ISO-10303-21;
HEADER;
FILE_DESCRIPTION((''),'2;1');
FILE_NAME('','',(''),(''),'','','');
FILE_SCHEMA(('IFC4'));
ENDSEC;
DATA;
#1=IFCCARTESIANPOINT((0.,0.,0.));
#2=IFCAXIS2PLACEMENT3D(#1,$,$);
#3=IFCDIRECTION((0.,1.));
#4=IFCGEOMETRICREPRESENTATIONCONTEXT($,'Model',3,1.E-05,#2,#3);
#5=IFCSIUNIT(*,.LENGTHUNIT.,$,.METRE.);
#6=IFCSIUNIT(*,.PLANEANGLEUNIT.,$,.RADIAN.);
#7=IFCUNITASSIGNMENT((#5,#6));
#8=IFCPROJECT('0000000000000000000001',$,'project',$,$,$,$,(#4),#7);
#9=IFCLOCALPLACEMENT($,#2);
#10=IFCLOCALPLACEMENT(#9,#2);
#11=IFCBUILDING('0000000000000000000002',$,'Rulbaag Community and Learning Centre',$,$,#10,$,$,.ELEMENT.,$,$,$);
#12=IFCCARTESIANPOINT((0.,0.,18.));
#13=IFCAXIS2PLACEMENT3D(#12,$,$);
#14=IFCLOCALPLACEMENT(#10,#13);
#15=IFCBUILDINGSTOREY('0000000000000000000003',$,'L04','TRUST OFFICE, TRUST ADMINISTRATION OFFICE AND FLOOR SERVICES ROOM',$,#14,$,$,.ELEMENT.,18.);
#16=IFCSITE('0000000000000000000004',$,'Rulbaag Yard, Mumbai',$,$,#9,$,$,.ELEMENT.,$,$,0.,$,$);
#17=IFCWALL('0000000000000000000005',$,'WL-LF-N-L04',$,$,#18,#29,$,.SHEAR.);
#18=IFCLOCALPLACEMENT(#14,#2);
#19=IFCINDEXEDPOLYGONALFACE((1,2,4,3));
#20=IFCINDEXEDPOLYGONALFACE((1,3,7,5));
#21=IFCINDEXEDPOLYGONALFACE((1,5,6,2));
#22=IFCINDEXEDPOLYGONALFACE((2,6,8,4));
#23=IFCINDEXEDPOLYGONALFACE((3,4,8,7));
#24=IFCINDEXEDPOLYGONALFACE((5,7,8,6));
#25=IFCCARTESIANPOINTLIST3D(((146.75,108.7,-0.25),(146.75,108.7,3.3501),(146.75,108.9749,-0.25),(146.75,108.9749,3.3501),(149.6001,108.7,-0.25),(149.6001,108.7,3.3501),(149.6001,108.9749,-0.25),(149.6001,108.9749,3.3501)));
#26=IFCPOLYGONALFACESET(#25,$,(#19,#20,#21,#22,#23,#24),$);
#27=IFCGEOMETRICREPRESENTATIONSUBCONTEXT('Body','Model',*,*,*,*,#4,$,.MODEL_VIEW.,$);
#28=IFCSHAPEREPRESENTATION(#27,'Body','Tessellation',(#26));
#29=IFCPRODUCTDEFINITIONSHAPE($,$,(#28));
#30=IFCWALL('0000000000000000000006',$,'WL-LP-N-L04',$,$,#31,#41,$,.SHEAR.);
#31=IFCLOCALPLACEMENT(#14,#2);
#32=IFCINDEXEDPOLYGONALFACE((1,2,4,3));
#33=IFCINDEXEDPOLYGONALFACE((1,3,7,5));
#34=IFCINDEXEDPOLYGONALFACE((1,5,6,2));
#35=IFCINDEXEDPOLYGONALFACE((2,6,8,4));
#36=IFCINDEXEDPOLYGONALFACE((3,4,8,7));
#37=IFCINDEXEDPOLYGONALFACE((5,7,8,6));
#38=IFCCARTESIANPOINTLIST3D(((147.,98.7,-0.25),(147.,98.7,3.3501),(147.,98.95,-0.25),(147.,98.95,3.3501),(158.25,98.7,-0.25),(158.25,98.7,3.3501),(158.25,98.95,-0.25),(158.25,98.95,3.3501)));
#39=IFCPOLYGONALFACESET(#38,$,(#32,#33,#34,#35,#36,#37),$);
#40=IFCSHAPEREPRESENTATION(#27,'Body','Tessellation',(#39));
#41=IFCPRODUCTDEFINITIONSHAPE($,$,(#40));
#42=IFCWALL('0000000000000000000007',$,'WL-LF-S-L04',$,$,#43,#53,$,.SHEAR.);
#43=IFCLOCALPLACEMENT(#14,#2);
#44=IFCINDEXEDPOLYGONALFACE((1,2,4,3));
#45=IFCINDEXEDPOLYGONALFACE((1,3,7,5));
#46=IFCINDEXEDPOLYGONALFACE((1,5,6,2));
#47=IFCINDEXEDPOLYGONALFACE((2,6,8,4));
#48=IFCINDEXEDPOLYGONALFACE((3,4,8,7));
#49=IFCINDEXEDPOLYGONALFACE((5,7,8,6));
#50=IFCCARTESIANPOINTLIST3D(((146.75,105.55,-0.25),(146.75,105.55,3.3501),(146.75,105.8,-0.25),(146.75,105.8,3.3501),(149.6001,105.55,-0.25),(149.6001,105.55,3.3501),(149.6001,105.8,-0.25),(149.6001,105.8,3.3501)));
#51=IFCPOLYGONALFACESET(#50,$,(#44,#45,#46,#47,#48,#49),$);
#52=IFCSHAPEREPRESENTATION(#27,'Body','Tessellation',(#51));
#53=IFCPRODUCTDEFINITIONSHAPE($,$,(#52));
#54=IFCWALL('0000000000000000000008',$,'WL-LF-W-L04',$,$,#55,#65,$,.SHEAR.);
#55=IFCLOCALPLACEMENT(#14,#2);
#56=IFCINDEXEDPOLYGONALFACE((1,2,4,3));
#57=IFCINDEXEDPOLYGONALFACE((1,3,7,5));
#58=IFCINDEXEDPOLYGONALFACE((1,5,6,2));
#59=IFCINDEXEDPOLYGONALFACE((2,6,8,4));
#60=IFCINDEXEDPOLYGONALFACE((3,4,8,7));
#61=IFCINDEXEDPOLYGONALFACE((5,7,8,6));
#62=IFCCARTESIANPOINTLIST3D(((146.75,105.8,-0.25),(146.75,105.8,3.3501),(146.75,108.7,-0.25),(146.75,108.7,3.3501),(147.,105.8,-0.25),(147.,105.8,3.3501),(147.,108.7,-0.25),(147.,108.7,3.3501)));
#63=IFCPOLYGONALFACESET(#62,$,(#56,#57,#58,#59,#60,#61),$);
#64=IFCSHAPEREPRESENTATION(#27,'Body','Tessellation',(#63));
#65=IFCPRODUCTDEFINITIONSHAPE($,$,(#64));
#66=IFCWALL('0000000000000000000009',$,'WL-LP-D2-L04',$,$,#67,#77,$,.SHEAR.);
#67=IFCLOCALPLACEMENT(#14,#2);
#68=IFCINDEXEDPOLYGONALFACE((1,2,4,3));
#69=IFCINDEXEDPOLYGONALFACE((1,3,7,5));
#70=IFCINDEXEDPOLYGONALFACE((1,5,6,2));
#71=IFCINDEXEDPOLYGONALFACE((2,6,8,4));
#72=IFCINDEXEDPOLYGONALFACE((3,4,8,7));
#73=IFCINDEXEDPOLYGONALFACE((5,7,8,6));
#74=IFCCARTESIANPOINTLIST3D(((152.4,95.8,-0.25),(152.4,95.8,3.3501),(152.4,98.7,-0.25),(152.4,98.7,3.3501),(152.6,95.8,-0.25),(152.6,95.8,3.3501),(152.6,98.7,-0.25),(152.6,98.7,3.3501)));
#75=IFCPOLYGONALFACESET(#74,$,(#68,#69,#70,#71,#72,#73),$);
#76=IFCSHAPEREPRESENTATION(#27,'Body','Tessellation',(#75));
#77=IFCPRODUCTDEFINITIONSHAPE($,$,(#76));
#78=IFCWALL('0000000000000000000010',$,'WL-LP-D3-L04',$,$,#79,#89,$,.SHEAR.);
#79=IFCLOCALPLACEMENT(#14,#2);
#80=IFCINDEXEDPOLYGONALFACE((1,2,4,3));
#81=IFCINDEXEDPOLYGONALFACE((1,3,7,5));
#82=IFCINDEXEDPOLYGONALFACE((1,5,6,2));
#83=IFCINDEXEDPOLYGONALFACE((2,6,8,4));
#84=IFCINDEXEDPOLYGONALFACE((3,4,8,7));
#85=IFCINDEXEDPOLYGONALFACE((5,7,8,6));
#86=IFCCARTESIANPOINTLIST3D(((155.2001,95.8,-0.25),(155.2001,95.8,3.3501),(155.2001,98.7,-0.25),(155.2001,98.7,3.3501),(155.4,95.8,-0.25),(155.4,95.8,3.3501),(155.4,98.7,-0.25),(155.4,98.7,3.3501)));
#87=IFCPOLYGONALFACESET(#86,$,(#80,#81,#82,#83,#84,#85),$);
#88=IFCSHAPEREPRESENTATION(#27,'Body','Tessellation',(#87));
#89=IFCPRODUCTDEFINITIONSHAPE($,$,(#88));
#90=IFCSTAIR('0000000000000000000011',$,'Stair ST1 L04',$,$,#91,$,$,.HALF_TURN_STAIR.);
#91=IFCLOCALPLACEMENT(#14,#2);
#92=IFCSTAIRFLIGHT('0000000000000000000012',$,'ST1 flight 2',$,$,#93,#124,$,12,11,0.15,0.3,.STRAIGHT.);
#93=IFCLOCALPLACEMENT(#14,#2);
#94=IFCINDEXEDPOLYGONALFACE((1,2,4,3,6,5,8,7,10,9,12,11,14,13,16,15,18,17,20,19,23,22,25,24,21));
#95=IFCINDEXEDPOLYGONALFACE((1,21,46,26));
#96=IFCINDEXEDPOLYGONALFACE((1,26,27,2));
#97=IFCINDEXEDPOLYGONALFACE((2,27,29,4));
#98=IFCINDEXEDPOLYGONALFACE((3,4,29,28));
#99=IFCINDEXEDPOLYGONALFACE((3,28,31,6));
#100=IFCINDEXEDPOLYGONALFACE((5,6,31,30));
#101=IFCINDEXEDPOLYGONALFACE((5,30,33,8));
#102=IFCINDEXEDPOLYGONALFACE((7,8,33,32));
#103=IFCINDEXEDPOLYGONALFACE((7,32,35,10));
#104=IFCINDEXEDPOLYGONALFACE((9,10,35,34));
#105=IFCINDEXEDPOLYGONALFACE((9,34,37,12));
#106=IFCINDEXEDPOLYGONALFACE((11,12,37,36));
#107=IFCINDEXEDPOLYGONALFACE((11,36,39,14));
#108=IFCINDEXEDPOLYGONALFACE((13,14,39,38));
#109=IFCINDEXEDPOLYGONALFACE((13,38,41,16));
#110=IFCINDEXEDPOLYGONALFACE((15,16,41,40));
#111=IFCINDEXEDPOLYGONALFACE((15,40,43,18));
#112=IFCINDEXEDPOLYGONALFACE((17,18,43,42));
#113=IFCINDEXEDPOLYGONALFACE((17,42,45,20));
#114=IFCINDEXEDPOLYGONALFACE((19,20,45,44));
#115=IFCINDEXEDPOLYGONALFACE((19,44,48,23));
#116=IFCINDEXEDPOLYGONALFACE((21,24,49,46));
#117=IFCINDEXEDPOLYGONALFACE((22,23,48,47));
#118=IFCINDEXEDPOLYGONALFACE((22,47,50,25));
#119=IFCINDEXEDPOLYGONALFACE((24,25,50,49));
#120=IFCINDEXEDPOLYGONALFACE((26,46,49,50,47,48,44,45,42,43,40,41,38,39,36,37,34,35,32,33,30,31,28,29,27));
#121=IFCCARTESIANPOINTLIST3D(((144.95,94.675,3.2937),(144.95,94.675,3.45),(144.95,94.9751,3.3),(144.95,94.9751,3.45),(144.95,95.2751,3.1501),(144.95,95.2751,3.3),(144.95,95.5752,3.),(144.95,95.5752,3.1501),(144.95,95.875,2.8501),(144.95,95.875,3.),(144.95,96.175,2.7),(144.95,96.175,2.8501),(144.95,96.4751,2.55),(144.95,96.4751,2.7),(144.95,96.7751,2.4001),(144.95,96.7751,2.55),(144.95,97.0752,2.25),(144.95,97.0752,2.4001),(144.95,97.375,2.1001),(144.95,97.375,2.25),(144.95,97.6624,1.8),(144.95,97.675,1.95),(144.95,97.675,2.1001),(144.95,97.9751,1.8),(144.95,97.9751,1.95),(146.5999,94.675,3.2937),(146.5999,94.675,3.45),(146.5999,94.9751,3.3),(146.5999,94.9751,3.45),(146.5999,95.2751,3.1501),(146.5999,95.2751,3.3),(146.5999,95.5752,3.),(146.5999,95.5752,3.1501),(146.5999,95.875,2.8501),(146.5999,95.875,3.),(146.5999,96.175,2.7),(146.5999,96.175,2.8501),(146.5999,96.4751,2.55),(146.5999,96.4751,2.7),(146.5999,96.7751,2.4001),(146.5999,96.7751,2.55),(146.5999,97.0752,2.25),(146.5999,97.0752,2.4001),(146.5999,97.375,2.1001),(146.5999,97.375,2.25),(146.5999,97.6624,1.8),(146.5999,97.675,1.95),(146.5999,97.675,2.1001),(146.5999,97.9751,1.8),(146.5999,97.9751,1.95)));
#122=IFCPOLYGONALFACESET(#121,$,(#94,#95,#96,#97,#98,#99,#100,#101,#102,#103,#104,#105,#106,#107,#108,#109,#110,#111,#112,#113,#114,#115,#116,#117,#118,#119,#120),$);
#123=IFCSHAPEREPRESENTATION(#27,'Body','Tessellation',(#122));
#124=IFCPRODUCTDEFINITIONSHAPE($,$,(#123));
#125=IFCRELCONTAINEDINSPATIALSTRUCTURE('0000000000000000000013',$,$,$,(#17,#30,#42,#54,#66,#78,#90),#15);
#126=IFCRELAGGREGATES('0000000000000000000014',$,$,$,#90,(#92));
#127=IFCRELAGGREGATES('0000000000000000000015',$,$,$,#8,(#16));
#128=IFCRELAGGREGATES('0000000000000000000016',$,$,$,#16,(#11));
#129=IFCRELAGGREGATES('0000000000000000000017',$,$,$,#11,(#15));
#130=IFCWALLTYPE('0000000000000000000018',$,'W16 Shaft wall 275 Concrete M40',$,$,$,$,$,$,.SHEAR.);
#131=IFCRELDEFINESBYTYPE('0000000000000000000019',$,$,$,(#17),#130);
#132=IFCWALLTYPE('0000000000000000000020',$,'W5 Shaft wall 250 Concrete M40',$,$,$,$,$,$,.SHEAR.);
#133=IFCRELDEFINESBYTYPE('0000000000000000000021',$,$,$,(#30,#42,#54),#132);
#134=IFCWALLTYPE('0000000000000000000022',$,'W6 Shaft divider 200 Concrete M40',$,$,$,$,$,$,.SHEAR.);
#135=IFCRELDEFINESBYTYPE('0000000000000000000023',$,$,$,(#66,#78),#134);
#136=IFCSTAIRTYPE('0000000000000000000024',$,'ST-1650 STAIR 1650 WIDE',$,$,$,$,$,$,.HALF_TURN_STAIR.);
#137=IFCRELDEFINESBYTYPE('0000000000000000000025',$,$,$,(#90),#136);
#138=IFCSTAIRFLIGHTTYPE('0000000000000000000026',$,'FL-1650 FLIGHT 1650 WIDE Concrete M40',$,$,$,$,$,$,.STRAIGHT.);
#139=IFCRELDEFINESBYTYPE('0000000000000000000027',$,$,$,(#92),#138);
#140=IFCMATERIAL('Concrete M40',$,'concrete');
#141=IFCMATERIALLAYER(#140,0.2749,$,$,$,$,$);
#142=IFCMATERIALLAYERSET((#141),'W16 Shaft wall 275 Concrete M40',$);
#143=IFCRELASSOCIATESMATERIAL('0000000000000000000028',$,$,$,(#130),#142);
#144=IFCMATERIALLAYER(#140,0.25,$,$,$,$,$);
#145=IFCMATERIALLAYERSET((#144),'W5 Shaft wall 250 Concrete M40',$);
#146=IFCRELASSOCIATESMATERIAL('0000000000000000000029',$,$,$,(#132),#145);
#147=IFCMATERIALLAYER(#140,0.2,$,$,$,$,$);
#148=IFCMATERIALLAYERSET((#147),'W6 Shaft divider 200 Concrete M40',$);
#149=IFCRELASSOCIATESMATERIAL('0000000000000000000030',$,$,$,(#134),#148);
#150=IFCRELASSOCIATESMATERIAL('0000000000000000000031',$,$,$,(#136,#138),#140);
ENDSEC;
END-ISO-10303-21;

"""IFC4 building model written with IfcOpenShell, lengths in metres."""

from ifc_helpers import new_model, si_unit, direction, frame, frame_2d, origin, place, context, subcontext, project, spatial, polyline, rectangle, outline, extrude, material, layer, layer_set, type_object, element, aggregate, save


model = new_model("IFC4")

# Units and contexts
model_context = context("Model", 3, precision=1e-05, world=origin(), true_north=direction((0.0, 1.0)))
body_context = subcontext(model_context, "Body", "Model", "MODEL_VIEW")
ifc_project = project(units=[si_unit("LENGTHUNIT", "METRE"), si_unit("PLANEANGLEUNIT", "RADIAN")], contexts=[model_context])

# Site, building, storey
site_placement = place(None, origin())
site = spatial("IfcSite", under=ifc_project, at=site_placement, Name="Rulbaag Yard, Mumbai", CompositionType="ELEMENT", RefElevation=0.0)
building_placement = place(site_placement, origin())
building = spatial("IfcBuilding", under=site, at=building_placement, Name="Rulbaag Community and Learning Centre", CompositionType="ELEMENT")
storey_placement = place(building_placement, frame((0.0, 0.0, 18.0)))
storey = spatial("IfcBuildingStorey", under=building, at=storey_placement, Name="L04", Description="TRUST OFFICE, TRUST ADMINISTRATION OFFICE AND FLOOR SERVICES ROOM", CompositionType="ELEMENT", Elevation=18.0)

# Shared definitions
ifc_material_1 = material(Name="Concrete M40", Category="concrete")

# Walls
ifc_layer_1 = layer(ifc_material_1, 0.2749)
ifc_layer_set_1 = layer_set([ifc_layer_1], Name="W16 Shaft wall 275 Concrete M40")
wall_type_1 = type_object("IfcWallType", Name="W16 Shaft wall 275 Concrete M40", PredefinedType="SHEAR", material=ifc_layer_set_1)
wall_1_placement = place(storey_placement, frame((146.75, 108.8374, -0.25), z_axis=(0.0, 0.0, 1.0), x_axis=(1.0, 0.0, 0.0)))
element("IfcWall", 1, at=wall_1_placement, inside=storey, type_object=wall_type_1, Name="WL-LF-N-L04", PredefinedType="SHEAR", context=body_context, shape_type="SweptSolid", body=[
    extrude(rectangle(XDim=2.8501, YDim=0.2749, at=frame_2d((1.425, 0.0))), origin(), (0.0, 0.0, 1.0), 3.6001),
])
ifc_layer_2 = layer(ifc_material_1, 0.25)
ifc_layer_set_2 = layer_set([ifc_layer_2], Name="W5 Shaft wall 250 Concrete M40")
wall_type_2 = type_object("IfcWallType", Name="W5 Shaft wall 250 Concrete M40", PredefinedType="SHEAR", material=ifc_layer_set_2)
wall_2_placement = place(storey_placement, frame((147.0, 98.825, -0.25), z_axis=(0.0, 0.0, 1.0), x_axis=(1.0, 0.0, 0.0)))
element("IfcWall", 2, at=wall_2_placement, inside=storey, type_object=wall_type_2, Name="WL-LP-N-L04", PredefinedType="SHEAR", context=body_context, shape_type="SweptSolid", body=[
    extrude(rectangle(XDim=11.25, YDim=0.25, at=frame_2d((5.625, 0.0))), origin(), (0.0, 0.0, 1.0), 3.6001),
])
wall_3_placement = place(storey_placement, frame((146.75, 105.675, -0.25), z_axis=(0.0, 0.0, 1.0), x_axis=(1.0, 0.0, 0.0)))
element("IfcWall", 3, at=wall_3_placement, inside=storey, type_object=wall_type_2, Name="WL-LF-S-L04", PredefinedType="SHEAR", context=body_context, shape_type="SweptSolid", body=[
    extrude(rectangle(XDim=2.8501, YDim=0.25, at=frame_2d((1.425, 0.0))), origin(), (0.0, 0.0, 1.0), 3.6001),
])
wall_4_placement = place(storey_placement, frame((146.875, 105.8, -0.25), z_axis=(0.0, 0.0, 1.0), x_axis=(0.0, 1.0, 0.0)))
element("IfcWall", 4, at=wall_4_placement, inside=storey, type_object=wall_type_2, Name="WL-LF-W-L04", PredefinedType="SHEAR", context=body_context, shape_type="SweptSolid", body=[
    extrude(rectangle(XDim=2.8999, YDim=0.25, at=frame_2d((1.45, 0.0))), origin(), (0.0, 0.0, 1.0), 3.6001),
])
ifc_layer_3 = layer(ifc_material_1, 0.2)
ifc_layer_set_3 = layer_set([ifc_layer_3], Name="W6 Shaft divider 200 Concrete M40")
wall_type_3 = type_object("IfcWallType", Name="W6 Shaft divider 200 Concrete M40", PredefinedType="SHEAR", material=ifc_layer_set_3)
for number, where, z_axis, x_axis, name in (
    (5, (152.5, 95.8, -0.25), (0.0, 0.0, 1.0), (0.0, 1.0, 0.0), "WL-LP-D2-L04"),
    (6, (155.3, 95.8, -0.25), (0.0, 0.0, 1.0), (0.0, 1.0, 0.0), "WL-LP-D3-L04"),
):
    element("IfcWall", number, at=place(storey_placement, frame(where, z_axis=z_axis, x_axis=x_axis)), inside=storey, type_object=wall_type_3, Name=name, PredefinedType="SHEAR", context=body_context, shape_type="SweptSolid", body=[
        extrude(rectangle(XDim=2.8999, YDim=0.2, at=frame_2d((1.45, 0.0))), origin(), (0.0, 0.0, 1.0), 3.6001),
    ])

# Stair, stair flight
stair_type = type_object("IfcStairType", Name="ST-1650 STAIR 1650 WIDE", PredefinedType="HALF_TURN_STAIR", material=ifc_material_1)
stair_placement = place(storey_placement, origin())
stair = element("IfcStair", 7, at=stair_placement, inside=storey, type_object=stair_type, Name="Stair ST1 L04", PredefinedType="HALF_TURN_STAIR")
stair_flight_type = type_object("IfcStairFlightType", Name="FL-1650 FLIGHT 1650 WIDE Concrete M40", PredefinedType="STRAIGHT", material=ifc_material_1)
stair_flight_placement = place(storey_placement, frame((145.7749, 97.9751, 1.8), z_axis=(0.0, 0.0, 1.0), x_axis=(0.0, -1.0, 0.0)))
stair_flight = element("IfcStairFlight", 8, at=stair_flight_placement, type_object=stair_flight_type, Name="ST1 flight 2", NumberOfRisers=12, NumberOfTreads=11, PredefinedType="STRAIGHT", RiserHeight=0.15, TreadLength=0.3, context=body_context, shape_type="SweptSolid", body=[
    extrude(outline(polyline([(0.0, 0.0), (0.0, 0.1499), (0.3, 0.1499), (0.3, 0.3), (0.6001, 0.3), (0.6001, 0.45), (0.8999, 0.45), (0.8999, 0.6001), (1.2, 0.6001), (1.2, 0.75), (1.5, 0.75), (1.5, 0.8999), (1.8, 0.8999), (1.8, 1.05), (2.1001, 1.05), (2.1001, 1.2), (2.3999, 1.2), (2.3999, 1.3501), (2.7, 1.3501), (2.7, 1.5), (3.0, 1.5), (3.0, 1.6499), (3.3, 1.6499), (3.3, 1.4937), (0.3127, 0.0), (0.0, 0.0)])), frame((0.0, 0.825, 0.0), z_axis=(0.0, -1.0, 0.0), x_axis=(1.0, 0.0, 0.0)), (0.0, 0.0, 1.0), 1.6499),
])
aggregate(stair, [stair_flight])

save(model, "model.ifc")
